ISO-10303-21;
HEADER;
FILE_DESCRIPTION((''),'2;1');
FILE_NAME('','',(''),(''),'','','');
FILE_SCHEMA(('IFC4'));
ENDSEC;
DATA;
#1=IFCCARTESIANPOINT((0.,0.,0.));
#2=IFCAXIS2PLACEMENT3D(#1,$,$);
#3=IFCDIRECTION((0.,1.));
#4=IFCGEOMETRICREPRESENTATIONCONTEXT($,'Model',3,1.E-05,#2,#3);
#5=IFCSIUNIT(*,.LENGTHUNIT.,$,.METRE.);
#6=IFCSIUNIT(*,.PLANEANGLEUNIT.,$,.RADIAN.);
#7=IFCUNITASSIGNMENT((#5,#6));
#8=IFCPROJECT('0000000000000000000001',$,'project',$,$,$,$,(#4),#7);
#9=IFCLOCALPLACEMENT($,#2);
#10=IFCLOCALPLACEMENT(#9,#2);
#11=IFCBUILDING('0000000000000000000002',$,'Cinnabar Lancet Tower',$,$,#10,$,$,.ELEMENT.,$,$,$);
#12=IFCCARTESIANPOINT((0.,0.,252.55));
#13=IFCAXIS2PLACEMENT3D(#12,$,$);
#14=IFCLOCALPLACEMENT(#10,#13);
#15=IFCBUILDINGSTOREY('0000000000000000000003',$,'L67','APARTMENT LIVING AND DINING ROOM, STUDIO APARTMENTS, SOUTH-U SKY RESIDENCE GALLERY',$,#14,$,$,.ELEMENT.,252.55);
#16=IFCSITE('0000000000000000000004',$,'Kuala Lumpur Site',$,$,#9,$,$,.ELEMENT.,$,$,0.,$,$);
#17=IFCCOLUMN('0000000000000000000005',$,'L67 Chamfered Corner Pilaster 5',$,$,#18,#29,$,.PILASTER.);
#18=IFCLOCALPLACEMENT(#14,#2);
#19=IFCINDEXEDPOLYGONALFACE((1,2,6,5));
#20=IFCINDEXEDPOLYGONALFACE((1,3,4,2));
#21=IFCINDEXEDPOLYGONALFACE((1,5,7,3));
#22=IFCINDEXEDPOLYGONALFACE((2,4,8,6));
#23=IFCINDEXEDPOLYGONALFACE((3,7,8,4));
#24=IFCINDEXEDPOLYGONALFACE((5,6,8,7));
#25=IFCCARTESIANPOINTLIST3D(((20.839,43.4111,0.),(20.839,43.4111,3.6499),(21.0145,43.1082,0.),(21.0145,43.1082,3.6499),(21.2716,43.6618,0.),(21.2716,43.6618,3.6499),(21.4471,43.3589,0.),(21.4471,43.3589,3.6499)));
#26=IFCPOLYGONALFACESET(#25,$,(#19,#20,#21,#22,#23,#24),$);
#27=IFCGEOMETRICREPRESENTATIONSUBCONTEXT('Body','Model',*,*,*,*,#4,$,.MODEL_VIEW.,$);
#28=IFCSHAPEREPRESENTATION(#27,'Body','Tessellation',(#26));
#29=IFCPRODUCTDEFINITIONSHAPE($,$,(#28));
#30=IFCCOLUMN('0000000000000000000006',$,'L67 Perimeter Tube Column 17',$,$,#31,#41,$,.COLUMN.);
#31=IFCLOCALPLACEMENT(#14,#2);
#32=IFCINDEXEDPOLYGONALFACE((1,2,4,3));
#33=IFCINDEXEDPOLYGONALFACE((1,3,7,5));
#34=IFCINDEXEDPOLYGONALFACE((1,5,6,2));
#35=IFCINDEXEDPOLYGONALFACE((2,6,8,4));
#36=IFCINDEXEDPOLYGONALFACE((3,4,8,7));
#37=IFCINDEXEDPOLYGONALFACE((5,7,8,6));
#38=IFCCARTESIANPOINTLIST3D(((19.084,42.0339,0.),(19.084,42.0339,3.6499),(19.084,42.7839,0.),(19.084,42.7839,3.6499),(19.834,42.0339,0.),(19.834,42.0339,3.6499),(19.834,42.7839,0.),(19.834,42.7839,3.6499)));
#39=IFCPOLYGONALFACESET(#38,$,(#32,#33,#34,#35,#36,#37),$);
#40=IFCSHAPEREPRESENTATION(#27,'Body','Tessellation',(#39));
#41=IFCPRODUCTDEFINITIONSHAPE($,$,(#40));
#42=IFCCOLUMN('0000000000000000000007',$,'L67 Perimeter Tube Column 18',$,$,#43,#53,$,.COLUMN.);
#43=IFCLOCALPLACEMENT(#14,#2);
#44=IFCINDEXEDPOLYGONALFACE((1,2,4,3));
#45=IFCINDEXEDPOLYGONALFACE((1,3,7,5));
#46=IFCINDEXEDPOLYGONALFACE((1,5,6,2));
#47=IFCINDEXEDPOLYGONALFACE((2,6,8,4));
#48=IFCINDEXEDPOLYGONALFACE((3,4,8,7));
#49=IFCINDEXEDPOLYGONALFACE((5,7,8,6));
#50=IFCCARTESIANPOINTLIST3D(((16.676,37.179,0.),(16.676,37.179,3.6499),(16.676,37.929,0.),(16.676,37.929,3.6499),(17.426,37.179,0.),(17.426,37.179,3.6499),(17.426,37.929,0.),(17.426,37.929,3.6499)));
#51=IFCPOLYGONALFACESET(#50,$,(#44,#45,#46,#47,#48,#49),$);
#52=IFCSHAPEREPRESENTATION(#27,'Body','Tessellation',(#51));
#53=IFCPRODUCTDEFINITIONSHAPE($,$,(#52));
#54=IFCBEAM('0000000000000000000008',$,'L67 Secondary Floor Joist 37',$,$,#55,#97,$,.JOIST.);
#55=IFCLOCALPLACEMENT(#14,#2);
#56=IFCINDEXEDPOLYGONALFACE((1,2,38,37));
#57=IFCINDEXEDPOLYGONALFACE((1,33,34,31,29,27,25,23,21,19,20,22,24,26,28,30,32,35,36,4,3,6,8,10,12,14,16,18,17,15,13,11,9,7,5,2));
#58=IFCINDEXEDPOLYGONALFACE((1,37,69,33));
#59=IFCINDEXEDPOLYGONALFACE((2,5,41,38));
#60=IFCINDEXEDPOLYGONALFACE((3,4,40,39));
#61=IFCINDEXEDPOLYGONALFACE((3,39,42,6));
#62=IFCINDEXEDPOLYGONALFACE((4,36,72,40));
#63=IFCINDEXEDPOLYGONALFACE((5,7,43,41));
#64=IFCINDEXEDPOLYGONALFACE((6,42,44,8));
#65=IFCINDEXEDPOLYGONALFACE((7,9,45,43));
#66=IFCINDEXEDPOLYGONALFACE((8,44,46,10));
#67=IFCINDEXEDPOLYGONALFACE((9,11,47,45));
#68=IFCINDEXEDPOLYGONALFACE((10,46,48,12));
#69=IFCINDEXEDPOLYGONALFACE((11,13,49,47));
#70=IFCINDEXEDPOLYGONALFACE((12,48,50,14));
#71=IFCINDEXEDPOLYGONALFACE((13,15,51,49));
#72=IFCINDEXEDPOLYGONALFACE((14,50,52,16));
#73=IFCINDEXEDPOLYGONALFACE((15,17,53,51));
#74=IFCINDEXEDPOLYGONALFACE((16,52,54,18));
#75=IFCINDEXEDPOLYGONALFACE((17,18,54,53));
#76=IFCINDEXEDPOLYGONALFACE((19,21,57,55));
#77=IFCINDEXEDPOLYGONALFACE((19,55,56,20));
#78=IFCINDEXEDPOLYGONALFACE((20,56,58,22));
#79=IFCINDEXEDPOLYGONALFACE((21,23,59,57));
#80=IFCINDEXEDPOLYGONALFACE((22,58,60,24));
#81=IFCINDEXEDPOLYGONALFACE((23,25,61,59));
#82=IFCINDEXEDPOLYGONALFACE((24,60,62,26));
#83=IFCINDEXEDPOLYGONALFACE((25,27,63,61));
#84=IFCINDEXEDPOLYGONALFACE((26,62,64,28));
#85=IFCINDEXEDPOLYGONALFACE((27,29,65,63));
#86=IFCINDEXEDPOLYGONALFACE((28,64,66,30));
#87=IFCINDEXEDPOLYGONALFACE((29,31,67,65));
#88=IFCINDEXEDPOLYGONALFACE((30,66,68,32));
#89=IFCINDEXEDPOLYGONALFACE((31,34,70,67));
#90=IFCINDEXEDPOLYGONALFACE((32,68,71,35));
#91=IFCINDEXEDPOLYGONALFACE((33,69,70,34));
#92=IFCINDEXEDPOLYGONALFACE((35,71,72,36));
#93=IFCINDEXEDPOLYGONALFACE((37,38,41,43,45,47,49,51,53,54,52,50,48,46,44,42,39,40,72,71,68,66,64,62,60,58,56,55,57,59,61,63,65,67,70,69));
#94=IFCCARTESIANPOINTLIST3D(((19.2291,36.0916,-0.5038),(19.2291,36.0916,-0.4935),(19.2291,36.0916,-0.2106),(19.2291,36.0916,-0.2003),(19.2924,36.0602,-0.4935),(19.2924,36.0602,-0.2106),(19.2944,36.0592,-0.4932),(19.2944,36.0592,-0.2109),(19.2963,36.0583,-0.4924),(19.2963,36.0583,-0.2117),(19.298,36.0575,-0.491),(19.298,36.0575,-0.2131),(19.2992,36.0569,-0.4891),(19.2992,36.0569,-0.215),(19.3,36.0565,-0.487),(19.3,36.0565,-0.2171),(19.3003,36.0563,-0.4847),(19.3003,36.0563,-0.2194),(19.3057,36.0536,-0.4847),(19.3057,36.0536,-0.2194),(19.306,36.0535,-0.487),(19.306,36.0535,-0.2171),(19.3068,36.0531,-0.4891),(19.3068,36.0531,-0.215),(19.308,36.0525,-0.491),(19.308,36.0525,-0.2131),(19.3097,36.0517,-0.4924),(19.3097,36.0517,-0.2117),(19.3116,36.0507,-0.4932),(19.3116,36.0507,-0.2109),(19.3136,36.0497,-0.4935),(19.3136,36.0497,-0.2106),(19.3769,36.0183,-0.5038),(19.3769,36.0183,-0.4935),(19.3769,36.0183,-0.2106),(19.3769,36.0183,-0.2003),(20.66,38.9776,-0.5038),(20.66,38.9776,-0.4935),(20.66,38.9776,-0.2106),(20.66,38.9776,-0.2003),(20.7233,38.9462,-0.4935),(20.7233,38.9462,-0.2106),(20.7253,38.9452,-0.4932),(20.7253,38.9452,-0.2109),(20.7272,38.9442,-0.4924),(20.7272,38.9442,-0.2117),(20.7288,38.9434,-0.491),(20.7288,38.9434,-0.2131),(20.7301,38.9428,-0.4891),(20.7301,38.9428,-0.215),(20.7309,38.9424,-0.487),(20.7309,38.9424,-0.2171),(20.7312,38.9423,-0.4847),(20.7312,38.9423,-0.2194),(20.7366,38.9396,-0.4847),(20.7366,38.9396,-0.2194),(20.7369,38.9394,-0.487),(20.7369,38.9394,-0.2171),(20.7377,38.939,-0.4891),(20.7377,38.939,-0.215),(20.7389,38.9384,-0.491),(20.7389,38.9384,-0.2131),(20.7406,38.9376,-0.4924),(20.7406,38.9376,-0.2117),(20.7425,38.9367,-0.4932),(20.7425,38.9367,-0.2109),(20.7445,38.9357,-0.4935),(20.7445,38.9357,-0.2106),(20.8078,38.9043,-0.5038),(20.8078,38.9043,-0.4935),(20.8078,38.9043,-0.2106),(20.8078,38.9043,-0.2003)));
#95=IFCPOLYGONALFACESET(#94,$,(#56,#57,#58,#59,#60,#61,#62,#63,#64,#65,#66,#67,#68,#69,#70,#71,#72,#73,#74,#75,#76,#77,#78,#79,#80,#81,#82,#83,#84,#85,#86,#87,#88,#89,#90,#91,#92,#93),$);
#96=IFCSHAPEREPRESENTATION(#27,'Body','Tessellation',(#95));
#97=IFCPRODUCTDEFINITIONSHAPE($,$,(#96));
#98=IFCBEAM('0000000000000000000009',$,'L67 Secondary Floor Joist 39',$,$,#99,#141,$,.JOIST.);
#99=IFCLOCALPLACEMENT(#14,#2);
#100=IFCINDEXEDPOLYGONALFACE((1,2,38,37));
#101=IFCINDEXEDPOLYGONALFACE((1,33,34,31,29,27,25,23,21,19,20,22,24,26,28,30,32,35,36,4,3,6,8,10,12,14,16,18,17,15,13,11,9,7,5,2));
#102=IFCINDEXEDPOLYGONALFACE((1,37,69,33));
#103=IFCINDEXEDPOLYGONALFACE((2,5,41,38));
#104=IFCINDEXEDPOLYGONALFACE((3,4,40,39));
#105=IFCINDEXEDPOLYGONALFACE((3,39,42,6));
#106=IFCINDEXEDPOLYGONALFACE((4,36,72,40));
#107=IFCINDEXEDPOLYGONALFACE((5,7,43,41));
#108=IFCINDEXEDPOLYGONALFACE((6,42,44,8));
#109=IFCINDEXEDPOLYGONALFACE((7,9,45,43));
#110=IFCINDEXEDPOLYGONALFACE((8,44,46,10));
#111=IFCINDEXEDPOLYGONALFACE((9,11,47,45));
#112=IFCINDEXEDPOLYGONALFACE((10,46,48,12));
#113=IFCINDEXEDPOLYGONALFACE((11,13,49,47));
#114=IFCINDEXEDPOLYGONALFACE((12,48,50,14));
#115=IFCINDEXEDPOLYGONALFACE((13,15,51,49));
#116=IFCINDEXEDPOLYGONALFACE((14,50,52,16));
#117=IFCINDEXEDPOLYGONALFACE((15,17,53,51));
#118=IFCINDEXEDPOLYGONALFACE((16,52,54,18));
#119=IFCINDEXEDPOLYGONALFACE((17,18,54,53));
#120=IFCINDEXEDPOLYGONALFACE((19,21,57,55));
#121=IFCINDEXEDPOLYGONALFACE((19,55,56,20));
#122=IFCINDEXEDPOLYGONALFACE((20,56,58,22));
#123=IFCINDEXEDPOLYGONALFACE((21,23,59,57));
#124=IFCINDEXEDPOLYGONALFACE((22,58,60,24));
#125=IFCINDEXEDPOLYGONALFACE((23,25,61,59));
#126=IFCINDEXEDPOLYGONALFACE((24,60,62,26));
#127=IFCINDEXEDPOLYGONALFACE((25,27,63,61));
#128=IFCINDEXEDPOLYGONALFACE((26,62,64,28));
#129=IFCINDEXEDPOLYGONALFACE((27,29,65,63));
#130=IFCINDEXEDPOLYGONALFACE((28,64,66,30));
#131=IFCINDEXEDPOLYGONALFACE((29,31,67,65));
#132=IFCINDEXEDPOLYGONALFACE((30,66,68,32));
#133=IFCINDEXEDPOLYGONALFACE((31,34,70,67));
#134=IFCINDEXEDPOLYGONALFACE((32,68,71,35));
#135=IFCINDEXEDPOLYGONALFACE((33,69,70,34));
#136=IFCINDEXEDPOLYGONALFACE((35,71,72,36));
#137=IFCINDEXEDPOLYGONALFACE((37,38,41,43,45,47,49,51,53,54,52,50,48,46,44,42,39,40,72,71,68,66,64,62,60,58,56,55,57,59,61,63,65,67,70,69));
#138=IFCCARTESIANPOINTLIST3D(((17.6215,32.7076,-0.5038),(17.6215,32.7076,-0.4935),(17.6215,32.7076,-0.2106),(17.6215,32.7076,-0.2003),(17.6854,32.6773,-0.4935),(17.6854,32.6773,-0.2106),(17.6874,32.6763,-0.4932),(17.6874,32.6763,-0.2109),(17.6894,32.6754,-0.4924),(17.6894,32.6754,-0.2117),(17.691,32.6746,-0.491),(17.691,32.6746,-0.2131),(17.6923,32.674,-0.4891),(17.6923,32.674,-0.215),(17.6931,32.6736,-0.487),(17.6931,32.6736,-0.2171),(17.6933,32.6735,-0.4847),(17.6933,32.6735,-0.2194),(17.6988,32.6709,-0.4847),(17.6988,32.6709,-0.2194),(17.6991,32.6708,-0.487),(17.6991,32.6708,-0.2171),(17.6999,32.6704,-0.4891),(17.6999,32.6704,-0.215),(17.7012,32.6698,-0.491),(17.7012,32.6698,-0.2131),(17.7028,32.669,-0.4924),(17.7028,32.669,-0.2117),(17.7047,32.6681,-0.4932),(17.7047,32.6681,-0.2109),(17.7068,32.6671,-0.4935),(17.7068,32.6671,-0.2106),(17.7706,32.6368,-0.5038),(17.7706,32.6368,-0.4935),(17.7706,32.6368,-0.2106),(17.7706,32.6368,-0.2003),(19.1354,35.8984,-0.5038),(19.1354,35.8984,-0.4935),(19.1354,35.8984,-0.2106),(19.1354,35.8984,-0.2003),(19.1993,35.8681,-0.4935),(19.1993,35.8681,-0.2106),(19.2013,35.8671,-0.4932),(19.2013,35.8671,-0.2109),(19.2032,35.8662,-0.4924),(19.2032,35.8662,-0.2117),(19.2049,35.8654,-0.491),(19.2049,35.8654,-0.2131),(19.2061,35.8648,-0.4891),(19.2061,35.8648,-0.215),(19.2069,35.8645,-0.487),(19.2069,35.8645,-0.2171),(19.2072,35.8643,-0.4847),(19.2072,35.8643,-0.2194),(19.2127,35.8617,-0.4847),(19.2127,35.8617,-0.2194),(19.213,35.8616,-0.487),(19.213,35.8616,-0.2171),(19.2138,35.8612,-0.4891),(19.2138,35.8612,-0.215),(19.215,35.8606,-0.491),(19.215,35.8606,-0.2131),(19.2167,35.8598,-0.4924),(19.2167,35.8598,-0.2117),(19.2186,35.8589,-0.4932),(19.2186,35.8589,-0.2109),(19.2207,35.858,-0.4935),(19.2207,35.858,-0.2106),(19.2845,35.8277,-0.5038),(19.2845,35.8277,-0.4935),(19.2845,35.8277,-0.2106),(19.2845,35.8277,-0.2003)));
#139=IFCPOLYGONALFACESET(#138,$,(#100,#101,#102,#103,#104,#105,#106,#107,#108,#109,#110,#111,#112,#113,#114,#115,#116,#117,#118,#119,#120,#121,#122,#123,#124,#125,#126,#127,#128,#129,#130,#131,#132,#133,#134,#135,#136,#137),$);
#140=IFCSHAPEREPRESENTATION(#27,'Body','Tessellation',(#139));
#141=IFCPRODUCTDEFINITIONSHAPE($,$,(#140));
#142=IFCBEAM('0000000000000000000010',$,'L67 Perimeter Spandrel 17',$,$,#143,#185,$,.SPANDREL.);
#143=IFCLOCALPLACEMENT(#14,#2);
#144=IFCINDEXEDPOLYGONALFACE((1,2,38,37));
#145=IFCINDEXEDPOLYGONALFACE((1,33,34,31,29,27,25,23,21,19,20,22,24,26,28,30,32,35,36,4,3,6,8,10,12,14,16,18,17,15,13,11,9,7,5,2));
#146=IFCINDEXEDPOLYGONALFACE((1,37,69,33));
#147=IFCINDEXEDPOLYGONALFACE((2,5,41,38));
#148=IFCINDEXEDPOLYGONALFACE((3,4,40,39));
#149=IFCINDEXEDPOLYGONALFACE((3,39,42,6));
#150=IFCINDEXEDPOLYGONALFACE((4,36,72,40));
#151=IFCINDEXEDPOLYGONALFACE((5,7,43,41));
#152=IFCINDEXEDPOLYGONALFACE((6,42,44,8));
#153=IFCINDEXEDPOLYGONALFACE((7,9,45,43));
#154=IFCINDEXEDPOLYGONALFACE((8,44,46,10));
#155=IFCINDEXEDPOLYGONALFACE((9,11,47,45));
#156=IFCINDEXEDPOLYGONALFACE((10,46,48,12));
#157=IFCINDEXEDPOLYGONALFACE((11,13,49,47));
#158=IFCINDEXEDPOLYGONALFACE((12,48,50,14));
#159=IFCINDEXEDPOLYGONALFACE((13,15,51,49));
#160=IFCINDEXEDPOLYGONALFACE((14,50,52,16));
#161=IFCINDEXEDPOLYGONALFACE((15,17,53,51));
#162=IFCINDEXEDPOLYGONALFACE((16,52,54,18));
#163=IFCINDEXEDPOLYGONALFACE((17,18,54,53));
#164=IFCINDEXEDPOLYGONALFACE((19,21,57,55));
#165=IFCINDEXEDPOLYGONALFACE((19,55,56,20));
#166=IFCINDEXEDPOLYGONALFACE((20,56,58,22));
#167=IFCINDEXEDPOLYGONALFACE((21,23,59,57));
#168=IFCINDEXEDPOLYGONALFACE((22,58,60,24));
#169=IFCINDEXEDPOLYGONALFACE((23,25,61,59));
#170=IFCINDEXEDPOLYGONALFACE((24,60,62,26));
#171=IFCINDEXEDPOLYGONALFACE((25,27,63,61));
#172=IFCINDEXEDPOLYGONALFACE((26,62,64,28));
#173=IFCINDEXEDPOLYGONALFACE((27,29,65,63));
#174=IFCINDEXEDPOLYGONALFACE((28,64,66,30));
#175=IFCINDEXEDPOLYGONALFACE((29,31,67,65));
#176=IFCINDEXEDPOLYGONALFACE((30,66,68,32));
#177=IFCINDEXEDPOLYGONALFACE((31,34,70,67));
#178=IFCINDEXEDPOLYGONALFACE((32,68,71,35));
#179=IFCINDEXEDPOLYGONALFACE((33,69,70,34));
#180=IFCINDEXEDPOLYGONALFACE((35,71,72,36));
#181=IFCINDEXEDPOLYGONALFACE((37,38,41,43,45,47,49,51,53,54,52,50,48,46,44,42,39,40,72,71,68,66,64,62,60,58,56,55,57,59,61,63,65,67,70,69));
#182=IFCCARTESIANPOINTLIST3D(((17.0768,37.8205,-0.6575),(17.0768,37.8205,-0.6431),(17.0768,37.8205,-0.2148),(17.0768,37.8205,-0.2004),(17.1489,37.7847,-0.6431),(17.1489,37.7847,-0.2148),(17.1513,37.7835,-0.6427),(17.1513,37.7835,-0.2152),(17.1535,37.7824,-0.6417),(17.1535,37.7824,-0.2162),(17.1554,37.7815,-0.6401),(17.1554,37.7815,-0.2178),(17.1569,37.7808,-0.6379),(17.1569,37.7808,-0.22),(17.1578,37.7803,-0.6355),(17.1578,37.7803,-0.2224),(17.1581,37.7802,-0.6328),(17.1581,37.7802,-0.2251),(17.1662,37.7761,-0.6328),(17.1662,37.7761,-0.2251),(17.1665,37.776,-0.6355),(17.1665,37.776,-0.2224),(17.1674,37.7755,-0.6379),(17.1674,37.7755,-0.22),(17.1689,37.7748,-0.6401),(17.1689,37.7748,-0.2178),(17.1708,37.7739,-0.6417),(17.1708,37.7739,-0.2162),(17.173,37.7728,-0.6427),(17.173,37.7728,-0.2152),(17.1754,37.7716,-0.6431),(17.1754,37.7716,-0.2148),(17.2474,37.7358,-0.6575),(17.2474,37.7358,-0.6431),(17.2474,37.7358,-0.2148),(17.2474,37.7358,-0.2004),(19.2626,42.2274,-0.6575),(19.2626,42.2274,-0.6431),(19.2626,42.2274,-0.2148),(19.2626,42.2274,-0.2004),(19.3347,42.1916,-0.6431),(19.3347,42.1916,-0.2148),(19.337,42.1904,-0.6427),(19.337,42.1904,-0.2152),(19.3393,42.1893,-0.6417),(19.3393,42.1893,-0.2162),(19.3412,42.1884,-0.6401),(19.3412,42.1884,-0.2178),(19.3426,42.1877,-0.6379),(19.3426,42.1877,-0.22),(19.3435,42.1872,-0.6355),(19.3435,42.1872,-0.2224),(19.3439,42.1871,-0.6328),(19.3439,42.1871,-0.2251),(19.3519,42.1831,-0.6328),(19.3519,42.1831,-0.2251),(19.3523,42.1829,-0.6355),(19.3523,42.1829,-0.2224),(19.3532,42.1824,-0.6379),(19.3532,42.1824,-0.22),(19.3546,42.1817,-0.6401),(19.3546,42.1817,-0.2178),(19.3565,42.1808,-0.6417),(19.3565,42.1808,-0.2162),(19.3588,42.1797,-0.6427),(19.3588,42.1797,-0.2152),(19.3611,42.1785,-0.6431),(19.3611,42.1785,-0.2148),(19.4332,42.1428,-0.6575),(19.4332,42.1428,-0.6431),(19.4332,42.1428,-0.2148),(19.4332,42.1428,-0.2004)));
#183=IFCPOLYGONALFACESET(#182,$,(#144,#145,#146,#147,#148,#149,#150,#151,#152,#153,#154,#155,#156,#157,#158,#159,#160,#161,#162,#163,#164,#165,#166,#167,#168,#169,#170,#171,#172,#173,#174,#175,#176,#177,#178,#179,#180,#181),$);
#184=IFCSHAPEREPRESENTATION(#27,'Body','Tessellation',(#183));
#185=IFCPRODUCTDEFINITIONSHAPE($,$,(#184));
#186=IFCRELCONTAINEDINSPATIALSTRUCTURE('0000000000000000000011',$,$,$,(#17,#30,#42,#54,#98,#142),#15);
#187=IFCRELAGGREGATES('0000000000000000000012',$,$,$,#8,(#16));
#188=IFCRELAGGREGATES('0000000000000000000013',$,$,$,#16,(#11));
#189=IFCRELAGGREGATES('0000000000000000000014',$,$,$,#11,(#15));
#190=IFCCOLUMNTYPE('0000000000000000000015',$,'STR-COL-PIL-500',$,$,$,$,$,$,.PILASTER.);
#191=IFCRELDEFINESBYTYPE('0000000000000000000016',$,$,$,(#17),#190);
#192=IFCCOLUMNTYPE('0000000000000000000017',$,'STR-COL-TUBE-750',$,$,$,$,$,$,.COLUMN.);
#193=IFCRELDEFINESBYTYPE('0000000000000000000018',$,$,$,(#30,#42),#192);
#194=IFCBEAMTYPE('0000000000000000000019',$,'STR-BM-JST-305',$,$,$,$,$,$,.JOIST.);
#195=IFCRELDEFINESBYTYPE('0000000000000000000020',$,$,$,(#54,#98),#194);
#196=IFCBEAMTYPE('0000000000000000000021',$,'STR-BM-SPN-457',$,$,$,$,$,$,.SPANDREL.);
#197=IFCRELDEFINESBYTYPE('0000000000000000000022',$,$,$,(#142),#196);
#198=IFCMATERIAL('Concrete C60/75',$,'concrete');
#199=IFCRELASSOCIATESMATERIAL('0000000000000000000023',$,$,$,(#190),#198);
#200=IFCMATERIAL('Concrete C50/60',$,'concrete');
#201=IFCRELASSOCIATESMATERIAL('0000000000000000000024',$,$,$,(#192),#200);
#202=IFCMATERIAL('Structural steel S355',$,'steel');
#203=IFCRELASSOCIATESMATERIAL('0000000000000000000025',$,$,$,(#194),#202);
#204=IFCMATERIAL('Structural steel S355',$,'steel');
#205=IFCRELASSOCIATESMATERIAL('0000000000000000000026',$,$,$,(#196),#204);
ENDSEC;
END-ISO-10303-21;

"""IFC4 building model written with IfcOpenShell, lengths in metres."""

from ifc_helpers import new_model, si_unit, direction, frame, origin, origin_2d, place, context, subcontext, project, spatial, rectangle, i_section, extrude, material, material_profile, profile_set, type_object, element, save


model = new_model("IFC4")

# Units and contexts
model_context = context("Model", 3, precision=1e-05, world=origin(), true_north=direction((0.0, 1.0)))
body_context = subcontext(model_context, "Body", "Model", "MODEL_VIEW")
ifc_project = project(units=[si_unit("LENGTHUNIT", "METRE"), si_unit("PLANEANGLEUNIT", "RADIAN")], contexts=[model_context])

# Site, building, storey
site_placement = place(None, origin())
site = spatial("IfcSite", under=ifc_project, at=site_placement, Name="Kuala Lumpur Site", CompositionType="ELEMENT", RefElevation=0.0)
building_placement = place(site_placement, origin())
building = spatial("IfcBuilding", under=site, at=building_placement, Name="Cinnabar Lancet Tower", CompositionType="ELEMENT")
storey_placement = place(building_placement, frame((0.0, 0.0, 252.55)))
storey = spatial("IfcBuildingStorey", under=building, at=storey_placement, Name="L67", Description="APARTMENT LIVING AND DINING ROOM, STUDIO APARTMENTS, SOUTH-U SKY RESIDENCE GALLERY", CompositionType="ELEMENT", Elevation=252.55)

# Columns
ifc_material_1 = material(Name="Concrete C60/75", Category="concrete")
ifc_material_profile_1 = material_profile(ifc_material_1, rectangle(XDim=0.5, YDim=0.3501, at=origin_2d()), Name="RC-PIL 500x350")
ifc_profile_set_1 = profile_set([ifc_material_profile_1], Name="Concrete C60/75")
column_type_1 = type_object("IfcColumnType", Name="STR-COL-PIL-500", PredefinedType="PILASTER", material=ifc_profile_set_1)
column_placement = place(storey_placement, frame((21.1431, 43.385, 0.0), z_axis=(0.0, 0.0, 1.0), x_axis=(-0.865256, -0.50133, 0.0)))
element("IfcColumn", 1, at=column_placement, inside=storey, type_object=column_type_1, Name="L67 Chamfered Corner Pilaster 5", PredefinedType="PILASTER", context=body_context, shape_type="SweptSolid", body=[
    extrude(rectangle(XDim=0.5, YDim=0.3501, at=origin_2d()), origin(), (0.0, 0.0, 1.0), 3.6499),
])
ifc_material_2 = material(Name="Concrete C50/60", Category="concrete")
ifc_material_profile_2 = material_profile(ifc_material_2, rectangle(XDim=0.75, YDim=0.75, at=origin_2d()), Name="RC-COL 750x750")
ifc_profile_set_2 = profile_set([ifc_material_profile_2], Name="Concrete C50/60")
column_type_2 = type_object("IfcColumnType", Name="STR-COL-TUBE-750", PredefinedType="COLUMN", material=ifc_profile_set_2)
for number, where, z_axis, x_axis, name in (
    (2, (19.459, 42.4089, 0.0), (0.0, 0.0, 1.0), (1.0, 0.0, 0.0), "L67 Perimeter Tube Column 17"),
    (3, (17.051, 37.554, 0.0), (0.0, 0.0, 1.0), (1.0, 0.0, 0.0), "L67 Perimeter Tube Column 18"),
):
    element("IfcColumn", number, at=place(storey_placement, frame(where, z_axis=z_axis, x_axis=x_axis)), inside=storey, type_object=column_type_2, Name=name, PredefinedType="COLUMN", context=body_context, shape_type="SweptSolid", body=[
        extrude(rectangle(XDim=0.75, YDim=0.75, at=origin_2d()), origin(), (0.0, 0.0, 1.0), 3.6499),
    ])

# Beams
ifc_material_3 = material(Name="Structural steel S355", Category="steel")
ifc_material_profile_3 = material_profile(ifc_material_3, i_section(OverallWidth=0.165, OverallDepth=0.3035, WebThickness=0.0061, FlangeThickness=0.0103, FilletRadius=0.0088, at=origin_2d()), Name="UKB 305x165x40")
ifc_profile_set_3 = profile_set([ifc_material_profile_3], Name="Structural steel S355")
beam_type_1 = type_object("IfcBeamType", Name="STR-BM-JST-305", PredefinedType="JOIST", material=ifc_profile_set_3)
beam_1_placement = place(storey_placement, frame((20.7339, 38.9409, -0.3521), z_axis=(-0.44421, -0.895923, 0.0), x_axis=(0.895923, -0.44421, 0.0)))
element("IfcBeam", 4, at=beam_1_placement, inside=storey, type_object=beam_type_1, Name="L67 Secondary Floor Joist 37", PredefinedType="JOIST", context=body_context, shape_type="SweptSolid", body=[
    extrude(i_section(OverallWidth=0.165, OverallDepth=0.3035, WebThickness=0.0061, FlangeThickness=0.0103, FilletRadius=0.0088, at=origin_2d()), origin(), (0.0, 0.0, 1.0), 3.2212),
])
beam_2_placement = place(storey_placement, frame((19.21, 35.863, -0.3521), z_axis=(-0.428648, -0.903472, 0.0), x_axis=(0.903472, -0.428648, 0.0)))
element("IfcBeam", 5, at=beam_2_placement, inside=storey, type_object=beam_type_1, Name="L67 Secondary Floor Joist 39", PredefinedType="JOIST", context=body_context, shape_type="SweptSolid", body=[
    extrude(i_section(OverallWidth=0.165, OverallDepth=0.3035, WebThickness=0.0061, FlangeThickness=0.0103, FilletRadius=0.0088, at=origin_2d()), origin(), (0.0, 0.0, 1.0), 3.5317),
])
ifc_material_4 = material(Name="Structural steel S355", Category="steel")
ifc_material_profile_4 = material_profile(ifc_material_4, i_section(OverallWidth=0.1904, OverallDepth=0.457, WebThickness=0.009, FlangeThickness=0.0144, FilletRadius=0.0103, at=origin_2d()), Name="UKB 457x191x74")
ifc_profile_set_4 = profile_set([ifc_material_profile_4], Name="Structural steel S355")
beam_type_2 = type_object("IfcBeamType", Name="STR-BM-SPN-457", PredefinedType="SPANDREL", material=ifc_profile_set_4)
beam_3_placement = place(storey_placement, frame((19.3479, 42.1851, -0.429), z_axis=(-0.444333, -0.895862, 0.0), x_axis=(0.895862, -0.444333, 0.0)))
element("IfcBeam", 6, at=beam_3_placement, inside=storey, type_object=beam_type_2, Name="L67 Perimeter Spandrel 17", PredefinedType="SPANDREL", context=body_context, shape_type="SweptSolid", body=[
    extrude(i_section(OverallWidth=0.1904, OverallDepth=0.457, WebThickness=0.009, FlangeThickness=0.0144, FilletRadius=0.0103, at=origin_2d()), origin(), (0.0, 0.0, 1.0), 4.9192),
])

save(model, "model.ifc")
